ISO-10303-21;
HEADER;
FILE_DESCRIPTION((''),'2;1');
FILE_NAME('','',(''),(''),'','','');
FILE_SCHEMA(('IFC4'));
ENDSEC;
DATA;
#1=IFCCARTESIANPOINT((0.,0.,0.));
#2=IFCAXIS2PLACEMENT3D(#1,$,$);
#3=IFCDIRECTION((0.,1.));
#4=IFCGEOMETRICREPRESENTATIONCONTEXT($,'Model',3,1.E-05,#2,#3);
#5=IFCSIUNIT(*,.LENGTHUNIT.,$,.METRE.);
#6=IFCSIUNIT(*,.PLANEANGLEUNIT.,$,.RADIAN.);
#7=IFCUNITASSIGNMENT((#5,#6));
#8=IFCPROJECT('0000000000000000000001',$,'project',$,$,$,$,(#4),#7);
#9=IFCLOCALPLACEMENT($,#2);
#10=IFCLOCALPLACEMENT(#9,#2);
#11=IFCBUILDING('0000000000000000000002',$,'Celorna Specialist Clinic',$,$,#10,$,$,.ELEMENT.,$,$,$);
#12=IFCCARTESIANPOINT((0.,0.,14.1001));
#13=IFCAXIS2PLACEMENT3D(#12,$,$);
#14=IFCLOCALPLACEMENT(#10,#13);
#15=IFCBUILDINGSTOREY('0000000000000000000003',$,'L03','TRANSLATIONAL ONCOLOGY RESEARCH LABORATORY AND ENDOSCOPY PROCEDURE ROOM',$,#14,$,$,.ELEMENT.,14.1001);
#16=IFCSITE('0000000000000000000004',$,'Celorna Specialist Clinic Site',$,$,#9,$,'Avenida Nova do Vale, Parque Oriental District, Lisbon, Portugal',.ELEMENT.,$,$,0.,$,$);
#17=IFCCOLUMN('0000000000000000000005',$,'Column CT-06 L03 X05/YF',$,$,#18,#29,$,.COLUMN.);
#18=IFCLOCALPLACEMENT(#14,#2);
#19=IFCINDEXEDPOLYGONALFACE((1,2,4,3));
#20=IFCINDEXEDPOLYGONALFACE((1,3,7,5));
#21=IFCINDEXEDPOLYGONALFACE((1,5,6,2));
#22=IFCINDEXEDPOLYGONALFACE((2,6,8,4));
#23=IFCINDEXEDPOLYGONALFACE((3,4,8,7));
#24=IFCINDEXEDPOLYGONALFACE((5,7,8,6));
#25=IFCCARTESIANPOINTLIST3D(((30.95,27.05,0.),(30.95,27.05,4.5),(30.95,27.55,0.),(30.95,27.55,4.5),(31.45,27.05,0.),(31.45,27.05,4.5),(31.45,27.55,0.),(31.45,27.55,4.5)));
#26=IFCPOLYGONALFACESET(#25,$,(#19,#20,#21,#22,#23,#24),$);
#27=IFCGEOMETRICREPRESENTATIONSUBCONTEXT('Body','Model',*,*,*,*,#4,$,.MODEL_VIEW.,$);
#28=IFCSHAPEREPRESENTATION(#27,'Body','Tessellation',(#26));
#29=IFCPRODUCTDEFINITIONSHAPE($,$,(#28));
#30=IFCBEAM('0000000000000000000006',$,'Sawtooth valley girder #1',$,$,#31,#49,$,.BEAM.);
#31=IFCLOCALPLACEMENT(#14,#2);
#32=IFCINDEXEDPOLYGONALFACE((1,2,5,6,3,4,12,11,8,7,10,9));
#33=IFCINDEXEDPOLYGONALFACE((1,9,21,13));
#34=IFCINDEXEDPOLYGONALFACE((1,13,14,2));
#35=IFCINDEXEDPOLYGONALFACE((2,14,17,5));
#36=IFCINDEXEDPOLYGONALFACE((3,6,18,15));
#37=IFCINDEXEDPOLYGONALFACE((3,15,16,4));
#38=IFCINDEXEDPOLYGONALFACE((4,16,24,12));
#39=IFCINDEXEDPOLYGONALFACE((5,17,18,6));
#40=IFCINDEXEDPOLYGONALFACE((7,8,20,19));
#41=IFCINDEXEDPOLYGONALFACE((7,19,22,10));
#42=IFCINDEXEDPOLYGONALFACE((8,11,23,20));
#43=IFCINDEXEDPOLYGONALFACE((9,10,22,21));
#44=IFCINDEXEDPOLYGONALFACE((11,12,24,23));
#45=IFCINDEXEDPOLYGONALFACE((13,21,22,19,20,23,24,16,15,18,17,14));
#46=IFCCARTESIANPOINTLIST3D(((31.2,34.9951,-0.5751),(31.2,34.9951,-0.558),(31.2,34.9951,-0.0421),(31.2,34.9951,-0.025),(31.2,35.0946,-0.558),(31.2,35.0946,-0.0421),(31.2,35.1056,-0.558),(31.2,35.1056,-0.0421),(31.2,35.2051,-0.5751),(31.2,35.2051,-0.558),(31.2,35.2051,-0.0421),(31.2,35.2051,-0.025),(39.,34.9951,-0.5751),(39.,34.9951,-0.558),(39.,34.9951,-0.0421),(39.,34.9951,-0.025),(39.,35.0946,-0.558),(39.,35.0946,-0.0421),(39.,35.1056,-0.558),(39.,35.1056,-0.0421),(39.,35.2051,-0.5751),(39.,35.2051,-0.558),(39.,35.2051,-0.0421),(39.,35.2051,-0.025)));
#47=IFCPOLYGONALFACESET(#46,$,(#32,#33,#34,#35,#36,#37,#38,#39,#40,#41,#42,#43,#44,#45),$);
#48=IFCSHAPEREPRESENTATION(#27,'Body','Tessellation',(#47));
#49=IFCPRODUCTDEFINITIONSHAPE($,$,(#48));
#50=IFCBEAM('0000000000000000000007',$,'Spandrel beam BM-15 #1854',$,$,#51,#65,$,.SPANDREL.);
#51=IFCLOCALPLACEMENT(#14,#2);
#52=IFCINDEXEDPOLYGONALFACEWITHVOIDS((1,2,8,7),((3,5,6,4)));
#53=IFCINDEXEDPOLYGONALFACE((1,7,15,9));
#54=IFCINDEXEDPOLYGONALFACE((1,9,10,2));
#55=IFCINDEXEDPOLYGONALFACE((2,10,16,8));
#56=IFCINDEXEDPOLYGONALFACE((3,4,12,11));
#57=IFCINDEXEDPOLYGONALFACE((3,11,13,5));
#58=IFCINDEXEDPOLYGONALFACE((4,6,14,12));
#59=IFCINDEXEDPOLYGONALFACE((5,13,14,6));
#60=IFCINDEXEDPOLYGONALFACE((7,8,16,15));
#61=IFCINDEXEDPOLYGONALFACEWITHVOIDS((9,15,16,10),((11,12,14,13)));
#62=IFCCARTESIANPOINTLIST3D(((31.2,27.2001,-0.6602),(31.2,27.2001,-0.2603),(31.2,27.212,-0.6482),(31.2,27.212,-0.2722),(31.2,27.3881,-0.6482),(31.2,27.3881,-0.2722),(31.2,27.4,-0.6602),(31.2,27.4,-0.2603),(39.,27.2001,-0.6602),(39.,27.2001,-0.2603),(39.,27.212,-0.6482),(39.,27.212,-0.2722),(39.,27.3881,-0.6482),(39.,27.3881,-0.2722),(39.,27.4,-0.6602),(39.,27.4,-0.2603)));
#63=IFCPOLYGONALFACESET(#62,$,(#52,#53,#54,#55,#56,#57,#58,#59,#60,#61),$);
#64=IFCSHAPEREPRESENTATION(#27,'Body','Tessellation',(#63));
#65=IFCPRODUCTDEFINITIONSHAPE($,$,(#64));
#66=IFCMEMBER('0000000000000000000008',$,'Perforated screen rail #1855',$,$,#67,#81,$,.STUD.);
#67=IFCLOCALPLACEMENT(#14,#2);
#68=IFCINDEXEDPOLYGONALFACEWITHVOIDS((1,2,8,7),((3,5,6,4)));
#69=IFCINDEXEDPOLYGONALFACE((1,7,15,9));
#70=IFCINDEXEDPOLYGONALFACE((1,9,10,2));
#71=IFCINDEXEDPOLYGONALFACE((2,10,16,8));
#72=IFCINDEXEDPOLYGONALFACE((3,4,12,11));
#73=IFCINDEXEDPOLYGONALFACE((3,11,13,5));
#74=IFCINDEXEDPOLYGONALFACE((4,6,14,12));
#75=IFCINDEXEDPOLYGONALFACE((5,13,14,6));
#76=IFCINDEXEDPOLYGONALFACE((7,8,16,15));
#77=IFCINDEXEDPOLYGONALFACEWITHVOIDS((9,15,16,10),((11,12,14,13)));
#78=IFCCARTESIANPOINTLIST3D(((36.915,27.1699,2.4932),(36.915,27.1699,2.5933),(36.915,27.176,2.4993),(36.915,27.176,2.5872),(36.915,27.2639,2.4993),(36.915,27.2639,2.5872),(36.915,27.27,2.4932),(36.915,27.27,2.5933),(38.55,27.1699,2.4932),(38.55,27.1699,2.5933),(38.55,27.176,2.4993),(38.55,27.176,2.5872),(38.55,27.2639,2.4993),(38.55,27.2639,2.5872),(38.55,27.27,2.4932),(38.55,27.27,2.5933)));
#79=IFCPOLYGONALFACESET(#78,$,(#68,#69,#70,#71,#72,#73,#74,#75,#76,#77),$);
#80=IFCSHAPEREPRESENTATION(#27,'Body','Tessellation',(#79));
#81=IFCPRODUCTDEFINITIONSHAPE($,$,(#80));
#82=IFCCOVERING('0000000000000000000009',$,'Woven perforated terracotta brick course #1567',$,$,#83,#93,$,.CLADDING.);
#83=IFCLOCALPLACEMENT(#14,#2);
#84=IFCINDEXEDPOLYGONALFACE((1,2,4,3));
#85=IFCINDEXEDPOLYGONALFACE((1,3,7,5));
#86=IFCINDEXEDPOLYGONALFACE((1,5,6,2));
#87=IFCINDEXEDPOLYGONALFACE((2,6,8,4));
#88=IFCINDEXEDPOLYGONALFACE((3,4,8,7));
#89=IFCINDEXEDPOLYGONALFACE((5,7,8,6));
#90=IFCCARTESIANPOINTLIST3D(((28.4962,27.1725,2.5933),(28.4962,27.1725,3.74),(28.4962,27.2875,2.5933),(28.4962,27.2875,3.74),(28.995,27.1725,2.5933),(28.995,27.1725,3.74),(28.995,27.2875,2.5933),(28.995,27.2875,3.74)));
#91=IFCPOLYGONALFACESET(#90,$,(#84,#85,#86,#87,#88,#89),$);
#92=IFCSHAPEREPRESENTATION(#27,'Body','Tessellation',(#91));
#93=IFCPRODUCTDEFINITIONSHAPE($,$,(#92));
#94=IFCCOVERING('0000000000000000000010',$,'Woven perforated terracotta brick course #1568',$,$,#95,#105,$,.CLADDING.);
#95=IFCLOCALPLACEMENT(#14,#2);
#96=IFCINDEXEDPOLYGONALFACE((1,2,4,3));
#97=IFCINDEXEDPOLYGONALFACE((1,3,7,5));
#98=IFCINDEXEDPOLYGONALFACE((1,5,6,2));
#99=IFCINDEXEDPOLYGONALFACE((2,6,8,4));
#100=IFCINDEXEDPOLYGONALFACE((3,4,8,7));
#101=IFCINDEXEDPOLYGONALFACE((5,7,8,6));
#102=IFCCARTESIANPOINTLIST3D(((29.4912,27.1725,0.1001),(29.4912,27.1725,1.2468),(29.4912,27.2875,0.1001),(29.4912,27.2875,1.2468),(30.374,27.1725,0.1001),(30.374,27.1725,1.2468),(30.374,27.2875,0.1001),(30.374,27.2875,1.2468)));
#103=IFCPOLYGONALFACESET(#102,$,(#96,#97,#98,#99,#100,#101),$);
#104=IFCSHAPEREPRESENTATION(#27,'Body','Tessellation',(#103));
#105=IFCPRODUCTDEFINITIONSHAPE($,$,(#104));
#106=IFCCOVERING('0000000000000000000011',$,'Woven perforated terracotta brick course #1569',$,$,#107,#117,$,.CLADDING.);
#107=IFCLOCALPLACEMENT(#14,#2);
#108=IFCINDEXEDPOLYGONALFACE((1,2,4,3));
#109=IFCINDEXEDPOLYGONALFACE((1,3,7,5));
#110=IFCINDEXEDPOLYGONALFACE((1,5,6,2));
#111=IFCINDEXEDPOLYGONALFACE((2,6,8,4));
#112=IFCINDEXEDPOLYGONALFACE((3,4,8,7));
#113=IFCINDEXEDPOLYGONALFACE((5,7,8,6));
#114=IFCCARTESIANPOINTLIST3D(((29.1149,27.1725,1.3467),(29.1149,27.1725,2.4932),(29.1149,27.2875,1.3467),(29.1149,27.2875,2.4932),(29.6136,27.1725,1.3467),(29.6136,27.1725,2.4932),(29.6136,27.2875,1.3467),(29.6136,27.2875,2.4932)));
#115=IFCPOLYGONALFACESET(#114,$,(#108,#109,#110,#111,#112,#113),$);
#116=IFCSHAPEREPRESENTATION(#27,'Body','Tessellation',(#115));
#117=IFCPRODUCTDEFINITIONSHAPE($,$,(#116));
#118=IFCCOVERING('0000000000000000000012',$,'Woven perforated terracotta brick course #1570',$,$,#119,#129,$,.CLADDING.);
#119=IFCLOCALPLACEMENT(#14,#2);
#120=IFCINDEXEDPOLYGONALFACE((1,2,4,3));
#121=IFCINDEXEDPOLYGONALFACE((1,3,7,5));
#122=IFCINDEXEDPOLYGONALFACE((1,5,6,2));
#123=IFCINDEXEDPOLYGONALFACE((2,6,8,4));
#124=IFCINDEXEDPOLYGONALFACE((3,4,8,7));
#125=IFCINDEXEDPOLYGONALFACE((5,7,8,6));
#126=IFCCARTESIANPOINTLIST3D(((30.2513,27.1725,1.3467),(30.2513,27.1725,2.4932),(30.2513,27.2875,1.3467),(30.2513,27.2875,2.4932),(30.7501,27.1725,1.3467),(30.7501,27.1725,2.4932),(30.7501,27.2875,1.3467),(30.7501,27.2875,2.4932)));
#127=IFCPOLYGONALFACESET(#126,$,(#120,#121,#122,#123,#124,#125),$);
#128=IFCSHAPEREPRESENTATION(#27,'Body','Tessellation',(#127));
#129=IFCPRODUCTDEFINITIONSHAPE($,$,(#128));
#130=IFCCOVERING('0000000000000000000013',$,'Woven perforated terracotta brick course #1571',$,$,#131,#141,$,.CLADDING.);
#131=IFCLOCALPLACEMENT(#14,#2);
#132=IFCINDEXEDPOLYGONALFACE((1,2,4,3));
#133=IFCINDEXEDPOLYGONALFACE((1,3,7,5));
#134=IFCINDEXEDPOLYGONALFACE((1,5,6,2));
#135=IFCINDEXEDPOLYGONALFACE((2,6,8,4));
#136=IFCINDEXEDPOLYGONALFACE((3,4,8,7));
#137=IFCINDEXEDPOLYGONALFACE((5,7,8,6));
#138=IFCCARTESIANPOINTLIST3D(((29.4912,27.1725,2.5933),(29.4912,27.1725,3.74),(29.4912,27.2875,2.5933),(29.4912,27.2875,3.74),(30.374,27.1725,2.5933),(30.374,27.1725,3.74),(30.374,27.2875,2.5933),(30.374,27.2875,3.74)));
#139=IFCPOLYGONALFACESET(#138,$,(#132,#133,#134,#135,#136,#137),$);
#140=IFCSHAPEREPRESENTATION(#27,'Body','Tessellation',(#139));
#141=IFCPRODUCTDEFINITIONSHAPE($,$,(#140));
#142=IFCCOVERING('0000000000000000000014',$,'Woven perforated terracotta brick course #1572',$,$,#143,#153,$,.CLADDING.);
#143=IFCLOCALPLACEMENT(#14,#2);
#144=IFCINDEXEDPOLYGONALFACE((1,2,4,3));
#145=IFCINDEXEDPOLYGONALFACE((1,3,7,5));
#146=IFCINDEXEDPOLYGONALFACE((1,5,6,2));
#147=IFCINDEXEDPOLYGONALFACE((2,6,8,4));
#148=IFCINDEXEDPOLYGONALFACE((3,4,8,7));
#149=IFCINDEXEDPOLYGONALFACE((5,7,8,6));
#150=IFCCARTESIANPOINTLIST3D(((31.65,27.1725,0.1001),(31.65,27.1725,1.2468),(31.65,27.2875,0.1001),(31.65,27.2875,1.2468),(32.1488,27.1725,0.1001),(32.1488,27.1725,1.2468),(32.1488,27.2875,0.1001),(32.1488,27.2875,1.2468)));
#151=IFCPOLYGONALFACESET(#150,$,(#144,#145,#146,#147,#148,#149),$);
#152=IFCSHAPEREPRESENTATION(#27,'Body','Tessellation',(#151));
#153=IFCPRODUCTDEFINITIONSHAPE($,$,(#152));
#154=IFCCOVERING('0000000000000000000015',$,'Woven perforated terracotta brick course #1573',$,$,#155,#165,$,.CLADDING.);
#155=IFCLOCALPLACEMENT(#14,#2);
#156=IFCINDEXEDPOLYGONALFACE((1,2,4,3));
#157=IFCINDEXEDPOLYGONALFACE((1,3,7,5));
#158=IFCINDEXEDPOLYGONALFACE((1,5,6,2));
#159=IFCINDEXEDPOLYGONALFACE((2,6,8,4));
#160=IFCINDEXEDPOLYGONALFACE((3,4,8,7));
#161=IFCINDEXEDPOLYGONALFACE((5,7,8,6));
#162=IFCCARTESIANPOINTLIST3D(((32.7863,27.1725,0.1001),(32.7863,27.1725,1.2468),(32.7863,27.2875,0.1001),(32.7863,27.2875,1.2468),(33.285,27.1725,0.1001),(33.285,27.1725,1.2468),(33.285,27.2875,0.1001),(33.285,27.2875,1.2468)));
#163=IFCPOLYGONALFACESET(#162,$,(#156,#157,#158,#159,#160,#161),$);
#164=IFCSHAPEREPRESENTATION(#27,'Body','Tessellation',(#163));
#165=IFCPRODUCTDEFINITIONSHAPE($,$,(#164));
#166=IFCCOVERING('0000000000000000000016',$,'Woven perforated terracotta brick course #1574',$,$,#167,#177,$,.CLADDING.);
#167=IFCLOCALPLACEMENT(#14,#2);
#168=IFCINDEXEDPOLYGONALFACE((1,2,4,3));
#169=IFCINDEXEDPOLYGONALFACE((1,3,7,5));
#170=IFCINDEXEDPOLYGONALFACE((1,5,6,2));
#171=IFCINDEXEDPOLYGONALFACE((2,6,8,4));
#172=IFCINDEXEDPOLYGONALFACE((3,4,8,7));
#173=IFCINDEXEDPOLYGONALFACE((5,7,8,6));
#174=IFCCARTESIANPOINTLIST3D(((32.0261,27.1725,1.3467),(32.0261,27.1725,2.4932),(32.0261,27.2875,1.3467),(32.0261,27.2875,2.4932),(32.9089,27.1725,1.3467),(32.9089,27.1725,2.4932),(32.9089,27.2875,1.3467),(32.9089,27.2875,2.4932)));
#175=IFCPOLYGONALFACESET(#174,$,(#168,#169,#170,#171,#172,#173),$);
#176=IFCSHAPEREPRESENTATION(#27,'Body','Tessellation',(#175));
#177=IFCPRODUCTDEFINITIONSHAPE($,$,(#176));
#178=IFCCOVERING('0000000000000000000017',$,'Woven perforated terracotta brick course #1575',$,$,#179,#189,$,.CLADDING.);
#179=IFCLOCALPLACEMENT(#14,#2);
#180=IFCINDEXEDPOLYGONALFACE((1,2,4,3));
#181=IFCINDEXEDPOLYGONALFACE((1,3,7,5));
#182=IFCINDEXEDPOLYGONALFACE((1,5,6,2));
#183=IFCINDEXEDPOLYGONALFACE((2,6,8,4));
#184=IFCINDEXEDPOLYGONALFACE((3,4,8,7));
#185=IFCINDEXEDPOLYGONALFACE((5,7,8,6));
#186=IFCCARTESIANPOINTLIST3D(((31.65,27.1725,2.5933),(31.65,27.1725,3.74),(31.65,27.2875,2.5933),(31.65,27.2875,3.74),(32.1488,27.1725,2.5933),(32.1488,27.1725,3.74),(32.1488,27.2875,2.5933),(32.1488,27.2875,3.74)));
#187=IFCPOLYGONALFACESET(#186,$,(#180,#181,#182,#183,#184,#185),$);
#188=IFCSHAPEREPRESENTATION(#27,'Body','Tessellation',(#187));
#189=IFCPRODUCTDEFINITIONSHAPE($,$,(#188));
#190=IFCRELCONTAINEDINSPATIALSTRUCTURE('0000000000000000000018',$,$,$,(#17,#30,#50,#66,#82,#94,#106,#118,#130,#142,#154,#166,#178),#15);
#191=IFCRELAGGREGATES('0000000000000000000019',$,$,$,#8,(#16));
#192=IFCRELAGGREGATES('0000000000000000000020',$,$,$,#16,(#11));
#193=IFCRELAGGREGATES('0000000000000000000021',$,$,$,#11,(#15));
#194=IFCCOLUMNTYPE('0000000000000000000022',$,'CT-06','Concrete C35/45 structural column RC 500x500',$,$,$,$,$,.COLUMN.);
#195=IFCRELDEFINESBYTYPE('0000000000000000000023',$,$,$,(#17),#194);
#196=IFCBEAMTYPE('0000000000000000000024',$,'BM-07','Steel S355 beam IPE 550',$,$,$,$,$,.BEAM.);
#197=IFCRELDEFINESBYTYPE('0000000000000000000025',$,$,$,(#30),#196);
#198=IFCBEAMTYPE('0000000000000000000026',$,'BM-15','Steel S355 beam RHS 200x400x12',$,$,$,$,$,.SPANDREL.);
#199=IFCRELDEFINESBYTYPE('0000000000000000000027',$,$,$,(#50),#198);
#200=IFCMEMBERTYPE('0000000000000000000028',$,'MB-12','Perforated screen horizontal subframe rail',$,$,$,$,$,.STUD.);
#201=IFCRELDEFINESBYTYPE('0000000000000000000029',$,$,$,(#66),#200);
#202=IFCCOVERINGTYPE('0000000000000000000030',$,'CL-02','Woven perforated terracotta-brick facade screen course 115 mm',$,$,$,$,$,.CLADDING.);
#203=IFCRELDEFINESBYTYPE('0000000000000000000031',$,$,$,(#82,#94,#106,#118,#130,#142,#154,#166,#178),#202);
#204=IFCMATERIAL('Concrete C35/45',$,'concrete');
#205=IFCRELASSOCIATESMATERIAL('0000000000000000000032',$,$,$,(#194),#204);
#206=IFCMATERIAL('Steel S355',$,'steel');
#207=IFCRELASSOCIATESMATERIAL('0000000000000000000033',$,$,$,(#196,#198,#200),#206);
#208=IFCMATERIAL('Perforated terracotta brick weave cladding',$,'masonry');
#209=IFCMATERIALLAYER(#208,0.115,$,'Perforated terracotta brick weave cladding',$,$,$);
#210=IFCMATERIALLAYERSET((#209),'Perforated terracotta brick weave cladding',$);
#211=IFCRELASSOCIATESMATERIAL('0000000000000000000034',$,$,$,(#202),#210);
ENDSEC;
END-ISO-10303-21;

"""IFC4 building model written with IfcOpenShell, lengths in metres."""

from ifc_helpers import new_model, si_unit, direction, frame, origin, origin_2d, place, context, subcontext, project, spatial, rectangle, hollow_rectangle, i_section, extrude, material, layer, layer_set, material_profile, profile_set, type_object, element, save


model = new_model("IFC4")

# Units and contexts
model_context = context("Model", 3, precision=1e-05, world=origin(), true_north=direction((0.0, 1.0)))
body_context = subcontext(model_context, "Body", "Model", "MODEL_VIEW")
ifc_project = project(units=[si_unit("LENGTHUNIT", "METRE"), si_unit("PLANEANGLEUNIT", "RADIAN")], contexts=[model_context])

# Site, building, storey
site_placement = place(None, origin())
site = spatial("IfcSite", under=ifc_project, at=site_placement, Name="Celorna Specialist Clinic Site", LongName="Avenida Nova do Vale, Parque Oriental District, Lisbon, Portugal", CompositionType="ELEMENT", RefElevation=0.0)
building_placement = place(site_placement, origin())
building = spatial("IfcBuilding", under=site, at=building_placement, Name="Celorna Specialist Clinic", CompositionType="ELEMENT")
storey_placement = place(building_placement, frame((0.0, 0.0, 14.1001)))
storey = spatial("IfcBuildingStorey", under=building, at=storey_placement, Name="L03", Description="TRANSLATIONAL ONCOLOGY RESEARCH LABORATORY AND ENDOSCOPY PROCEDURE ROOM", CompositionType="ELEMENT", Elevation=14.1001)

# Column
ifc_material_1 = material(Name="Concrete C35/45", Category="concrete")
ifc_material_profile_1 = material_profile(ifc_material_1, rectangle(XDim=0.5, YDim=0.5, at=origin_2d()), Name="RC 500x500")
ifc_profile_set_1 = profile_set([ifc_material_profile_1], Name="Concrete C35/45")
column_type = type_object("IfcColumnType", Name="CT-06", Description="Concrete C35/45 structural column RC 500x500", PredefinedType="COLUMN", material=ifc_profile_set_1)
column_placement = place(storey_placement, frame((31.2, 27.3, 0.0), z_axis=(0.0, 0.0, 1.0), x_axis=(1.0, 0.0, 0.0)))
element("IfcColumn", 1, at=column_placement, inside=storey, type_object=column_type, Name="Column CT-06 L03 X05/YF", PredefinedType="COLUMN", context=body_context, shape_type="SweptSolid", body=[
    extrude(rectangle(XDim=0.5, YDim=0.5, at=origin_2d()), origin(), (0.0, 0.0, 1.0), 4.5),
])

# Beams
ifc_material_2 = material(Name="Steel S355", Category="steel")
ifc_material_profile_2 = material_profile(ifc_material_2, i_section(OverallWidth=0.21, OverallDepth=0.55, WebThickness=0.011, FlangeThickness=0.0171, at=origin_2d()), Name="IPE 550")
ifc_profile_set_2 = profile_set([ifc_material_profile_2], Name="Steel S355")
beam_type_1 = type_object("IfcBeamType", Name="BM-07", Description="Steel S355 beam IPE 550", PredefinedType="BEAM", material=ifc_profile_set_2)
beam_1_placement = place(storey_placement, frame((31.2, 35.1001, -0.3), z_axis=(1.0, 0.0, 0.0), x_axis=(0.0, 1.0, 0.0)))
element("IfcBeam", 2, at=beam_1_placement, inside=storey, type_object=beam_type_1, Name="Sawtooth valley girder #1", PredefinedType="BEAM", context=body_context, shape_type="SweptSolid", body=[
    extrude(i_section(OverallWidth=0.21, OverallDepth=0.55, WebThickness=0.011, FlangeThickness=0.0171, at=origin_2d()), origin(), (0.0, 0.0, 1.0), 7.8),
])
ifc_material_profile_3 = material_profile(ifc_material_2, hollow_rectangle(XDim=0.2, YDim=0.3999, WallThickness=0.012, at=origin_2d()), Name="RHS 200x400x12")
ifc_profile_set_3 = profile_set([ifc_material_profile_3], Name="Steel S355")
beam_type_2 = type_object("IfcBeamType", Name="BM-15", Description="Steel S355 beam RHS 200x400x12", PredefinedType="SPANDREL", material=ifc_profile_set_3)
beam_2_placement = place(storey_placement, frame((31.2, 27.3, -0.4602), z_axis=(1.0, 0.0, 0.0), x_axis=(0.0, 1.0, 0.0)))
element("IfcBeam", 3, at=beam_2_placement, inside=storey, type_object=beam_type_2, Name="Spandrel beam BM-15 #1854", PredefinedType="SPANDREL", context=body_context, shape_type="SweptSolid", body=[
    extrude(hollow_rectangle(XDim=0.2, YDim=0.3999, WallThickness=0.012, at=origin_2d()), origin(), (0.0, 0.0, 1.0), 7.8),
])

# Member
ifc_material_profile_4 = material_profile(ifc_material_2, hollow_rectangle(XDim=0.1001, YDim=0.1001, WallThickness=0.0061, at=origin_2d()), Name="SHS 100x100x6")
ifc_profile_set_4 = profile_set([ifc_material_profile_4], Name="Steel S355")
member_type = type_object("IfcMemberType", Name="MB-12", Description="Perforated screen horizontal subframe rail", PredefinedType="STUD", material=ifc_profile_set_4)
member_placement = place(storey_placement, frame((36.915, 27.22, 2.5432), z_axis=(1.0, 0.0, 0.0), x_axis=(0.0, 1.0, 0.0)))
element("IfcMember", 4, at=member_placement, inside=storey, type_object=member_type, Name="Perforated screen rail #1855", PredefinedType="STUD", context=body_context, shape_type="SweptSolid", body=[
    extrude(hollow_rectangle(XDim=0.1001, YDim=0.1001, WallThickness=0.0061, at=origin_2d()), origin(), (0.0, 0.0, 1.0), 1.635),
])

# Coverings
ifc_material_3 = material(Name="Perforated terracotta brick weave cladding", Category="masonry")
ifc_layer = layer(ifc_material_3, 0.115, Name="Perforated terracotta brick weave cladding")
ifc_layer_set = layer_set([ifc_layer], Name="Perforated terracotta brick weave cladding")
covering_type = type_object("IfcCoveringType", Name="CL-02", Description="Woven perforated terracotta-brick facade screen course 115 mm", PredefinedType="CLADDING", material=ifc_layer_set)
covering_1_placement = place(storey_placement, frame((28.7456, 27.23, 2.5933), z_axis=(0.0, 0.0, 1.0), x_axis=(1.0, 0.0, 0.0)))
element("IfcCovering", 5, at=covering_1_placement, inside=storey, type_object=covering_type, Name="Woven perforated terracotta brick course #1567", PredefinedType="CLADDING", context=body_context, shape_type="SweptSolid", body=[
    extrude(rectangle(XDim=0.4988, YDim=0.115, at=origin_2d()), origin(), (0.0, 0.0, 1.0), 1.1467),
])
covering_2_placement = place(storey_placement, frame((29.9326, 27.23, 0.1001), z_axis=(0.0, 0.0, 1.0), x_axis=(1.0, 0.0, 0.0)))
element("IfcCovering", 6, at=covering_2_placement, inside=storey, type_object=covering_type, Name="Woven perforated terracotta brick course #1568", PredefinedType="CLADDING", context=body_context, shape_type="SweptSolid", body=[
    extrude(rectangle(XDim=0.8828, YDim=0.115, at=origin_2d()), origin(), (0.0, 0.0, 1.0), 1.1467),
])
for number, where, z_axis, x_axis, name in (
    (7, (29.3643, 27.23, 1.3467), (0.0, 0.0, 1.0), (1.0, 0.0, 0.0), "Woven perforated terracotta brick course #1569"),
    (8, (30.5007, 27.23, 1.3467), (0.0, 0.0, 1.0), (1.0, 0.0, 0.0), "Woven perforated terracotta brick course #1570"),
):
    element("IfcCovering", number, at=place(storey_placement, frame(where, z_axis=z_axis, x_axis=x_axis)), inside=storey, type_object=covering_type, Name=name, PredefinedType="CLADDING", context=body_context, shape_type="SweptSolid", body=[
        extrude(rectangle(XDim=0.4988, YDim=0.115, at=origin_2d()), origin(), (0.0, 0.0, 1.0), 1.1465),
    ])
covering_3_placement = place(storey_placement, frame((29.9326, 27.23, 2.5933), z_axis=(0.0, 0.0, 1.0), x_axis=(1.0, 0.0, 0.0)))
element("IfcCovering", 9, at=covering_3_placement, inside=storey, type_object=covering_type, Name="Woven perforated terracotta brick course #1571", PredefinedType="CLADDING", context=body_context, shape_type="SweptSolid", body=[
    extrude(rectangle(XDim=0.8828, YDim=0.115, at=origin_2d()), origin(), (0.0, 0.0, 1.0), 1.1467),
])
for number, where, z_axis, x_axis, name in (
    (10, (31.8994, 27.23, 0.1001), (0.0, 0.0, 1.0), (1.0, 0.0, 0.0), "Woven perforated terracotta brick course #1572"),
    (11, (33.0356, 27.23, 0.1001), (0.0, 0.0, 1.0), (1.0, 0.0, 0.0), "Woven perforated terracotta brick course #1573"),
):
    element("IfcCovering", number, at=place(storey_placement, frame(where, z_axis=z_axis, x_axis=x_axis)), inside=storey, type_object=covering_type, Name=name, PredefinedType="CLADDING", context=body_context, shape_type="SweptSolid", body=[
        extrude(rectangle(XDim=0.4988, YDim=0.115, at=origin_2d()), origin(), (0.0, 0.0, 1.0), 1.1467),
    ])
covering_4_placement = place(storey_placement, frame((32.4675, 27.23, 1.3467), z_axis=(0.0, 0.0, 1.0), x_axis=(1.0, 0.0, 0.0)))
element("IfcCovering", 12, at=covering_4_placement, inside=storey, type_object=covering_type, Name="Woven perforated terracotta brick course #1574", PredefinedType="CLADDING", context=body_context, shape_type="SweptSolid", body=[
    extrude(rectangle(XDim=0.8828, YDim=0.115, at=origin_2d()), origin(), (0.0, 0.0, 1.0), 1.1465),
])
for number, where, z_axis, x_axis, name in (
    (13, (31.8994, 27.23, 2.5933), (0.0, 0.0, 1.0), (1.0, 0.0, 0.0), "Woven perforated terracotta brick course #1575"),
):
    element("IfcCovering", number, at=place(storey_placement, frame(where, z_axis=z_axis, x_axis=x_axis)), inside=storey, type_object=covering_type, Name=name, PredefinedType="CLADDING", context=body_context, shape_type="SweptSolid", body=[
        extrude(rectangle(XDim=0.4988, YDim=0.115, at=origin_2d()), origin(), (0.0, 0.0, 1.0), 1.1467),
    ])

save(model, "model.ifc")
